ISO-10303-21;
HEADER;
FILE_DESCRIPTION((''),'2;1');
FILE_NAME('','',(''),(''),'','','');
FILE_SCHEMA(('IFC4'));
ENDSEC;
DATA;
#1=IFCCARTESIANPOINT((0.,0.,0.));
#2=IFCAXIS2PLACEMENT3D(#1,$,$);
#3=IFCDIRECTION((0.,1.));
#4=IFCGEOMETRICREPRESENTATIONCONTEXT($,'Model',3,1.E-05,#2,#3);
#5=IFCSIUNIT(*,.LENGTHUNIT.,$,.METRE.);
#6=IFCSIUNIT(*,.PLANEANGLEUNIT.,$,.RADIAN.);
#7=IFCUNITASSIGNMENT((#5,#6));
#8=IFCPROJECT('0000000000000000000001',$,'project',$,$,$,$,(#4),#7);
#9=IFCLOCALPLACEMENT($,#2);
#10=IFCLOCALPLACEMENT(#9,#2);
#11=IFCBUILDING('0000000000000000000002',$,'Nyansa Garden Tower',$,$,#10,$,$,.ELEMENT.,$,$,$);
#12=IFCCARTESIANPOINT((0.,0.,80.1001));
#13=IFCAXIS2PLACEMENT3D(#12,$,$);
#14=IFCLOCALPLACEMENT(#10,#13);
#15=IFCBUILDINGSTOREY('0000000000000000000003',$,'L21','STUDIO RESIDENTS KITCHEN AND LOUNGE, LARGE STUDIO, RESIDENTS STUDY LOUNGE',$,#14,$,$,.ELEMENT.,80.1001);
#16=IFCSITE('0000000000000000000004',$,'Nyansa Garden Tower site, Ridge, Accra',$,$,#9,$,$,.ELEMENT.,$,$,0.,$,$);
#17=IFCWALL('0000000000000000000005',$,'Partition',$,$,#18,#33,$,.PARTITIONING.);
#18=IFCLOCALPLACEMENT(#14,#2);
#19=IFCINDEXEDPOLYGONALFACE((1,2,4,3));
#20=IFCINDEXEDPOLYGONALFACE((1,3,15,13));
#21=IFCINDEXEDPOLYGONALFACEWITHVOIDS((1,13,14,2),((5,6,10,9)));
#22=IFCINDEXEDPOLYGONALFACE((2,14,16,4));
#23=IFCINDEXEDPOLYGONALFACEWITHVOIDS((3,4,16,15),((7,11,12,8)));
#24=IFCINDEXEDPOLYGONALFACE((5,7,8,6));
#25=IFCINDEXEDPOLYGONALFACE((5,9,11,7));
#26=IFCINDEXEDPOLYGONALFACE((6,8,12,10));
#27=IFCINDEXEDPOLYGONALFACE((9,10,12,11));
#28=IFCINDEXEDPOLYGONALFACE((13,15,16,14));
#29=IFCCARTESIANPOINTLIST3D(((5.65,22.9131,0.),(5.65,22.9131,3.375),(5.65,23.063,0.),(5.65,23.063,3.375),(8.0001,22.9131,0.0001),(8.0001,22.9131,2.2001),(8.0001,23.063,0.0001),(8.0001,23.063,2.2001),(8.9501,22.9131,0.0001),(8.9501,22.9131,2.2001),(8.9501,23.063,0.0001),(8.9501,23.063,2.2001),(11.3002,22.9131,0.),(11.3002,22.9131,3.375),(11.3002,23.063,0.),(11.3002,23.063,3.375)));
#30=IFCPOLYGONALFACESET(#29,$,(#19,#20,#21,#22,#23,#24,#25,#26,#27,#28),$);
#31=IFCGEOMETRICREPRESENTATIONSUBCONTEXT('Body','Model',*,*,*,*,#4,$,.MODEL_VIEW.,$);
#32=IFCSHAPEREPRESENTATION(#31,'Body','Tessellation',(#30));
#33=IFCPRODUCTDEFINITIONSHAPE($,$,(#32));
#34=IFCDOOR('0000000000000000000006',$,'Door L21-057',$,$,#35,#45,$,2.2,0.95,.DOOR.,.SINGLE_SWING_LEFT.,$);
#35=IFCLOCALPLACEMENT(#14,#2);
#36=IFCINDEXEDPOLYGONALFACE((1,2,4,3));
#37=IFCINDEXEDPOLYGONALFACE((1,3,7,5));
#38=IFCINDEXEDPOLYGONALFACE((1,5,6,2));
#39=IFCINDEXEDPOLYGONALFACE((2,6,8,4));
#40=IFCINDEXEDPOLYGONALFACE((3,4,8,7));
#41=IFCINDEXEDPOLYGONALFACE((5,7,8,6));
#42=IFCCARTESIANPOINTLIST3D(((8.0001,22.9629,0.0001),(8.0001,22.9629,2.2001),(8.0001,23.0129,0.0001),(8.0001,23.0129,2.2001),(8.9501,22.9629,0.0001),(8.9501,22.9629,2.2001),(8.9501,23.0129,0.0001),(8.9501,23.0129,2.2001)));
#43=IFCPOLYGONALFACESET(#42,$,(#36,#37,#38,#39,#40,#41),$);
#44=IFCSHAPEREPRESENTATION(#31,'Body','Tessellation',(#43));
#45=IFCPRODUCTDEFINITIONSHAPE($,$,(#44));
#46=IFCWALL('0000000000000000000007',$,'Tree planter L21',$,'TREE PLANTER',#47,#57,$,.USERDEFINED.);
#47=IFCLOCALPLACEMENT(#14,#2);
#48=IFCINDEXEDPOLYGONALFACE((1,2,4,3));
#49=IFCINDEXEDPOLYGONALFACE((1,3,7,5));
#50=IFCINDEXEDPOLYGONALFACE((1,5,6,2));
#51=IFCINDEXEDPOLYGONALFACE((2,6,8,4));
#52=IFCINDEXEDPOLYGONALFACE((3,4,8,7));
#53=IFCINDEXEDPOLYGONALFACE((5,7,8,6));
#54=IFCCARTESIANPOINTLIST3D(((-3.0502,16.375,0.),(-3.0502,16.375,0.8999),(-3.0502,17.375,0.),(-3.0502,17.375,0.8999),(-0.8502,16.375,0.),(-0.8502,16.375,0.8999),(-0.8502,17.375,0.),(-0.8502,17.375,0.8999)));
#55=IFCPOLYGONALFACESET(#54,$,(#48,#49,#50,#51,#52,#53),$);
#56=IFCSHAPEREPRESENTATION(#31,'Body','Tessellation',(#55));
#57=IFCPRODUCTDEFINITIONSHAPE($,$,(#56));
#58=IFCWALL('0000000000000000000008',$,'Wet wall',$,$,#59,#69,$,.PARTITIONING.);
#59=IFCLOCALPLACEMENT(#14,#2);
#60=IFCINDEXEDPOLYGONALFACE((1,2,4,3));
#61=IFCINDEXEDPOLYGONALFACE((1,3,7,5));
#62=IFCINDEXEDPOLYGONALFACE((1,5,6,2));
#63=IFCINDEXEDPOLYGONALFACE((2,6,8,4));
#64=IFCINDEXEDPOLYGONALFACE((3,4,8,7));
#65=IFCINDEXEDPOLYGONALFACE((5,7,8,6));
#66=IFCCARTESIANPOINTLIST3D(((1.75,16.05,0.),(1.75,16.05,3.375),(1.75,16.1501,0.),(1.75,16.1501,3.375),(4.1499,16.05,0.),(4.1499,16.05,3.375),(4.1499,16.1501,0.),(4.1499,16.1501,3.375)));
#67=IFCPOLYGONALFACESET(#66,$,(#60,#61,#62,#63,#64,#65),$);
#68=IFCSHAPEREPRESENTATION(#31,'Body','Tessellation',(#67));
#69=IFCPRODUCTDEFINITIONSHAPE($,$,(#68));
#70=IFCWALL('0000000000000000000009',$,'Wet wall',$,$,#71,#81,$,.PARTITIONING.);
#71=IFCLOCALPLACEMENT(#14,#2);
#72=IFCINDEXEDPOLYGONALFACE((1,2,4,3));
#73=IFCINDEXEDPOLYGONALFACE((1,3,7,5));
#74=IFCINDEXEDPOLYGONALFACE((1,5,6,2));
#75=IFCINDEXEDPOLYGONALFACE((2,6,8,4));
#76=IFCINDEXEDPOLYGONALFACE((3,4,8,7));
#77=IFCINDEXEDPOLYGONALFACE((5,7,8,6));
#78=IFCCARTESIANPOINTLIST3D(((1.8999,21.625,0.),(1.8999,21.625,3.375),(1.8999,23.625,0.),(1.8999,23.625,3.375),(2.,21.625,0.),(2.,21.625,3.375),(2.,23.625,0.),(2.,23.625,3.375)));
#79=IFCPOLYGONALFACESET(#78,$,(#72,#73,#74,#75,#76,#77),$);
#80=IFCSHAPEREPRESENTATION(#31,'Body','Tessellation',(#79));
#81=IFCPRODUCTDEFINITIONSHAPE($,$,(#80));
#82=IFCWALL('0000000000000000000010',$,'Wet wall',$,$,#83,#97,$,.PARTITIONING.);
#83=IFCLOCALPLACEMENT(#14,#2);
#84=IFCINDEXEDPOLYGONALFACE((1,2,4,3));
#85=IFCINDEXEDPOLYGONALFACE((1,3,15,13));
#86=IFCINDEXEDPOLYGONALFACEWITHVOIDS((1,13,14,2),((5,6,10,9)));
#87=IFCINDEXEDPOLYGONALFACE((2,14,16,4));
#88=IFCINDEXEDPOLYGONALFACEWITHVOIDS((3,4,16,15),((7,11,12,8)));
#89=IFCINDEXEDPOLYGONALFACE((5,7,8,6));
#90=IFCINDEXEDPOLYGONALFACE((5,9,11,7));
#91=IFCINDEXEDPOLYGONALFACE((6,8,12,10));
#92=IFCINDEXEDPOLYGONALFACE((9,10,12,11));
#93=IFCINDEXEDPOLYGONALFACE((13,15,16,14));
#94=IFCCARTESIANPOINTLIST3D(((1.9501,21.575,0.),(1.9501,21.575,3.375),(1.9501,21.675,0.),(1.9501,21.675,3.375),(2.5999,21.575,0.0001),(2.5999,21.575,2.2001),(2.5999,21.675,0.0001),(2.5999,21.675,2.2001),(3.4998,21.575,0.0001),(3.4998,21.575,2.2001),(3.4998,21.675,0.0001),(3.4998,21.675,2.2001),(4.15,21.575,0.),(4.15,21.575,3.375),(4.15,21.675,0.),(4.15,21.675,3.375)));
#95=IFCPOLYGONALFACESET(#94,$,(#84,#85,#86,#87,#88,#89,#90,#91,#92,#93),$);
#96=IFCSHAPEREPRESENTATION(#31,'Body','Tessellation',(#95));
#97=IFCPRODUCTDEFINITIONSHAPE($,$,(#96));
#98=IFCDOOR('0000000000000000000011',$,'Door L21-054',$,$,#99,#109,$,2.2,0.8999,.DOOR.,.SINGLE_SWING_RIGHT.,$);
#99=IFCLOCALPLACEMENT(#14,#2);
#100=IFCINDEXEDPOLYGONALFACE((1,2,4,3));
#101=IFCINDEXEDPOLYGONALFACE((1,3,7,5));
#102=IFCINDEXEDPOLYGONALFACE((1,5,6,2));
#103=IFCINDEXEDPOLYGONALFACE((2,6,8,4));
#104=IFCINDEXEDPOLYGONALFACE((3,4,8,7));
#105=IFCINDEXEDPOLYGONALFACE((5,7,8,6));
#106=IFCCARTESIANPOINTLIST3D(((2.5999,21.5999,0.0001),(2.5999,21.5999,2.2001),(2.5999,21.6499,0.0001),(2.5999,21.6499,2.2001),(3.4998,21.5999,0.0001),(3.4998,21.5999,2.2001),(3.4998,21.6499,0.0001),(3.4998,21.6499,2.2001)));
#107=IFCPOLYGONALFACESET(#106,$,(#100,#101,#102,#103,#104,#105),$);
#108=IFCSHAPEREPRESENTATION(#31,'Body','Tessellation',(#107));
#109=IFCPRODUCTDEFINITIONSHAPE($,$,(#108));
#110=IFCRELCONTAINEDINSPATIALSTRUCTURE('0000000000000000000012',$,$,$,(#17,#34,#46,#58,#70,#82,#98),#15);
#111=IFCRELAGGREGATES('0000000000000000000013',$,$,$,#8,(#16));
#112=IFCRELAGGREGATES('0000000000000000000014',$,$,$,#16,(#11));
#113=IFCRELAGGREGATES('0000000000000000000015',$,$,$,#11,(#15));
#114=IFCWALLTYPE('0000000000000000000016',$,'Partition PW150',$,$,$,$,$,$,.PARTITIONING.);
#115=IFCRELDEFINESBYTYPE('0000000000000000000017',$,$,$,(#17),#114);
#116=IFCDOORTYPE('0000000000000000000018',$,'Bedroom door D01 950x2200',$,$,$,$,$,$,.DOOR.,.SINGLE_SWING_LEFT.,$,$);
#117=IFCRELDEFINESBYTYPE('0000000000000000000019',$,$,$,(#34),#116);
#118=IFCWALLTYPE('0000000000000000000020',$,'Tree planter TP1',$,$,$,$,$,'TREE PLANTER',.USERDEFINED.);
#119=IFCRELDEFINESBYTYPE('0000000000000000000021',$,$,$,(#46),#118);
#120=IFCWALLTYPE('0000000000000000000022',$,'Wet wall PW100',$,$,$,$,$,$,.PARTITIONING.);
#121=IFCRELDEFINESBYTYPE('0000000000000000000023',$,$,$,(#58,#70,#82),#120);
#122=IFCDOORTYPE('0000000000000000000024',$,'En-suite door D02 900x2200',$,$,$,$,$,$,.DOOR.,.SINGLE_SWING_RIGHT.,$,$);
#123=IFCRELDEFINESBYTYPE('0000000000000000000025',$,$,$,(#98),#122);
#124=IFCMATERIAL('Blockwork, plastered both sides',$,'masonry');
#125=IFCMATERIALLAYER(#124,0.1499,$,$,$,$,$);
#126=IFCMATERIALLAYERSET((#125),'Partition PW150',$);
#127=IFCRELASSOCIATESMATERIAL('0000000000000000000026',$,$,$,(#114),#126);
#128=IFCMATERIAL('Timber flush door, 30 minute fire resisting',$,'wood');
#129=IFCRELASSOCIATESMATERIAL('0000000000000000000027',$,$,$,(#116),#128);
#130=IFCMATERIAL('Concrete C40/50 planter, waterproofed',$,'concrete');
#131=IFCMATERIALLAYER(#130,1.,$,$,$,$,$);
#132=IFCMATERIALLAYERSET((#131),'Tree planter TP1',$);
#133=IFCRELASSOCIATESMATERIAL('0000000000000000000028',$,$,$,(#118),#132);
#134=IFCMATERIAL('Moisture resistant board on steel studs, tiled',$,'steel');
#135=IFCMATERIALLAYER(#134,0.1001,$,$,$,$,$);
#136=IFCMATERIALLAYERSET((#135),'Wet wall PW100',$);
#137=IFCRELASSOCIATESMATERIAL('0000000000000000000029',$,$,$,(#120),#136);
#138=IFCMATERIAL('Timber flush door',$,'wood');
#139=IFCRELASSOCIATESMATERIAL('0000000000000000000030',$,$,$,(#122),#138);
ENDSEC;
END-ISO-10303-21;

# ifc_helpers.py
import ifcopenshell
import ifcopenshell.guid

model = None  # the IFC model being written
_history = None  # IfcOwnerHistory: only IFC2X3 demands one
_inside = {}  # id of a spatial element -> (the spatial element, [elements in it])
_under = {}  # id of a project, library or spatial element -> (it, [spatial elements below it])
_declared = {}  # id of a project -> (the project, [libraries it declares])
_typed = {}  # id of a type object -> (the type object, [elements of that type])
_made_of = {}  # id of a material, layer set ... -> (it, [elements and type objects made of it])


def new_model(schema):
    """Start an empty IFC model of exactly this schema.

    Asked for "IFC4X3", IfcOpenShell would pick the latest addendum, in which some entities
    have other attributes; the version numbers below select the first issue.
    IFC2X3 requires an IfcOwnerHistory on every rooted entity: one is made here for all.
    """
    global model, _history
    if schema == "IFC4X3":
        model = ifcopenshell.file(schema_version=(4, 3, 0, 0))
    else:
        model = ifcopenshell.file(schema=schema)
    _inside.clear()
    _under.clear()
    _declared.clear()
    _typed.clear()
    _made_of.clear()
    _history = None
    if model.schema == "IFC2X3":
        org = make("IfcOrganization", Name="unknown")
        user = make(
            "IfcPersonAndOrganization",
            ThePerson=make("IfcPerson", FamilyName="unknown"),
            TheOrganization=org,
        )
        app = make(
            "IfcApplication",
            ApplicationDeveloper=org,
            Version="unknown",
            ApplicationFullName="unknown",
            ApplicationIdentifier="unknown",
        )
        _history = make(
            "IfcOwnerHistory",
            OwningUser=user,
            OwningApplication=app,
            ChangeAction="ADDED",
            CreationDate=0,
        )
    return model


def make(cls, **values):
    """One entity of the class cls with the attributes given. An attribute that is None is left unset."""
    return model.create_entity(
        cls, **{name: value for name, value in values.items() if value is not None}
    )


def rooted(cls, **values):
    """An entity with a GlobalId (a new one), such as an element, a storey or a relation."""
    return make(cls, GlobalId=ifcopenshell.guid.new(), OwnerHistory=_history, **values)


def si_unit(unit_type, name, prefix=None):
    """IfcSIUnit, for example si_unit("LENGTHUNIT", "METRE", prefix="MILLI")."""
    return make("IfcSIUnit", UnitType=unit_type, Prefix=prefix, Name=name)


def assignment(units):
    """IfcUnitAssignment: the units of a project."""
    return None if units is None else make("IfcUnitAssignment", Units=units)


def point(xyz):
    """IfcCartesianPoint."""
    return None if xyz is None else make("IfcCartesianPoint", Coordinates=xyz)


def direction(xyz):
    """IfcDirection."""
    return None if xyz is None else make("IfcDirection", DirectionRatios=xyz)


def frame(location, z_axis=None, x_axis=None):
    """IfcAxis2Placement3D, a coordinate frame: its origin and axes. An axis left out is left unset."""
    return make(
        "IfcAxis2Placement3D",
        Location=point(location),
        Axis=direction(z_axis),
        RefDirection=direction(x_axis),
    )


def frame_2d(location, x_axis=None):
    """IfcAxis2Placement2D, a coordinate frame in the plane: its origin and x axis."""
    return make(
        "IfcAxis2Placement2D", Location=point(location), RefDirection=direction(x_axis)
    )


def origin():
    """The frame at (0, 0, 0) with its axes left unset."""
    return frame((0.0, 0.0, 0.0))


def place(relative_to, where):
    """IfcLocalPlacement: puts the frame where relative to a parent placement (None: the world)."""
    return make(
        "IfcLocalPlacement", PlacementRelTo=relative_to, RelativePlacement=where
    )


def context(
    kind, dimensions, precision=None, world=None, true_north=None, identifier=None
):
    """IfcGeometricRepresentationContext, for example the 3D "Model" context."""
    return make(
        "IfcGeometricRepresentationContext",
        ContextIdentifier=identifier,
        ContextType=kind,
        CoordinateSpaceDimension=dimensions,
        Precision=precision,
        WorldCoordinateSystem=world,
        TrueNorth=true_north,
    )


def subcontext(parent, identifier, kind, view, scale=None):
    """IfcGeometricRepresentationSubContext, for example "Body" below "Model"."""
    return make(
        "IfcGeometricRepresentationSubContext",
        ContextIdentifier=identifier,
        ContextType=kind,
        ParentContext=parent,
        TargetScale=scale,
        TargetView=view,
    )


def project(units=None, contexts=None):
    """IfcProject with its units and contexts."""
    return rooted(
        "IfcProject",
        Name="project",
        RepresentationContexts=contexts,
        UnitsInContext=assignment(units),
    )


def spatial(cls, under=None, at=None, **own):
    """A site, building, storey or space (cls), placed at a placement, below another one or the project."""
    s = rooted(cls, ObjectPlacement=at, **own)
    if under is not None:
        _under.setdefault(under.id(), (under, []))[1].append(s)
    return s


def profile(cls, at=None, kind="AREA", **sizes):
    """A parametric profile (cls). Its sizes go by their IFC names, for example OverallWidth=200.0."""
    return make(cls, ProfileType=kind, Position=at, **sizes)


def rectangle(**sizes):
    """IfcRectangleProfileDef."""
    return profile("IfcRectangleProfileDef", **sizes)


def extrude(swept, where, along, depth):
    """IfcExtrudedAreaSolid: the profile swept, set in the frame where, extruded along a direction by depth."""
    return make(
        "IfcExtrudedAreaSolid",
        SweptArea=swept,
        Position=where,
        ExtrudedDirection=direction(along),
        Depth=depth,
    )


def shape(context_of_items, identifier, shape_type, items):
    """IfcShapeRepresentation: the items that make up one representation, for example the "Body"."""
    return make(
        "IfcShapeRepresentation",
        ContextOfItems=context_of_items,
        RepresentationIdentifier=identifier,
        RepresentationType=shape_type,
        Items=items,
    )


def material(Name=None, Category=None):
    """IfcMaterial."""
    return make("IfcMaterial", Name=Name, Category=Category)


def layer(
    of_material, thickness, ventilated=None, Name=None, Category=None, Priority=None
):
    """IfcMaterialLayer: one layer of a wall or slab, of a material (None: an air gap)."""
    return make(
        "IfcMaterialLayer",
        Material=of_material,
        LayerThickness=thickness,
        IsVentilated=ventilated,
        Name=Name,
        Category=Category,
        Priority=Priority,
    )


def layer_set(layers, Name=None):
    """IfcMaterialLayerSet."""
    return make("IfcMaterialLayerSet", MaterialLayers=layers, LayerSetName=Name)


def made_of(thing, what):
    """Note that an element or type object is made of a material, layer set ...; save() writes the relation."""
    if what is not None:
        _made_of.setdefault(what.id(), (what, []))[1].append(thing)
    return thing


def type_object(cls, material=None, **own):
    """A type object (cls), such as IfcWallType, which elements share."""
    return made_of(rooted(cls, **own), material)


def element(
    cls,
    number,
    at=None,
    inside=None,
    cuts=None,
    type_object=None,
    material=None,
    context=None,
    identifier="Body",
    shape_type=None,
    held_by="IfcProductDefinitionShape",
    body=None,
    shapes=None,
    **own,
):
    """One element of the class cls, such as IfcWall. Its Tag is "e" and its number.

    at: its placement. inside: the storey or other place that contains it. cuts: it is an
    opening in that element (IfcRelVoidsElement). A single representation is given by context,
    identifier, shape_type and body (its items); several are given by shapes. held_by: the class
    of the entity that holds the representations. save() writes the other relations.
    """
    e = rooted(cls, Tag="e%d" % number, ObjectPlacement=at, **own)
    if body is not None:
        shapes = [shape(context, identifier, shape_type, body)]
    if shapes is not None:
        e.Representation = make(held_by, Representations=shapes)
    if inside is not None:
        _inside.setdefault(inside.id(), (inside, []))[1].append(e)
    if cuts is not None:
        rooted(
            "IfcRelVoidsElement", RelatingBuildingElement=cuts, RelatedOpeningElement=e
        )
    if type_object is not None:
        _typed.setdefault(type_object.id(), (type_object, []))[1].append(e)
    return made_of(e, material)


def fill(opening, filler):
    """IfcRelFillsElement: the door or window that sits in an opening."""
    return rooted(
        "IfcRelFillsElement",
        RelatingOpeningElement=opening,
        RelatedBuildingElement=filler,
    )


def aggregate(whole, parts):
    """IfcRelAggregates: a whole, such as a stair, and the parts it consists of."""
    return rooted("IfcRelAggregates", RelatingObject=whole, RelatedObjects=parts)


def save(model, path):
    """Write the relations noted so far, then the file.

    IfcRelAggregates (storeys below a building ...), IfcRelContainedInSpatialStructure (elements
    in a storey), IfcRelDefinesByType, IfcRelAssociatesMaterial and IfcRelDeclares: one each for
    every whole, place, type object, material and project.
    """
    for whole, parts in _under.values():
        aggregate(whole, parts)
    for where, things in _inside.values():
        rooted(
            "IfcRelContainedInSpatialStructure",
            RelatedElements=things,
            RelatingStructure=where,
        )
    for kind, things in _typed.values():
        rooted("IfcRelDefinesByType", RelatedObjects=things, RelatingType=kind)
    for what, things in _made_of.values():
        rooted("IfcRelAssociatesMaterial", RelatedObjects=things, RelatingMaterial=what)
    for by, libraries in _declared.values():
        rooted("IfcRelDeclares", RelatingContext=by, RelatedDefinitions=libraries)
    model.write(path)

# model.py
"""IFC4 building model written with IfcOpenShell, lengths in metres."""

from ifc_helpers import new_model, si_unit, direction, frame, frame_2d, origin, place, context, subcontext, project, spatial, rectangle, extrude, material, layer, layer_set, type_object, element, fill, save


model = new_model("IFC4")

# Units and contexts
model_context = context("Model", 3, precision=1e-05, world=origin(), true_north=direction((0.0, 1.0)))
body_context = subcontext(model_context, "Body", "Model", "MODEL_VIEW")
ifc_project = project(units=[si_unit("LENGTHUNIT", "METRE"), si_unit("PLANEANGLEUNIT", "RADIAN")], contexts=[model_context])

# Site, building, storey
site_placement = place(None, origin())
site = spatial("IfcSite", under=ifc_project, at=site_placement, Name="Nyansa Garden Tower site, Ridge, Accra", CompositionType="ELEMENT", RefElevation=0.0)
building_placement = place(site_placement, origin())
building = spatial("IfcBuilding", under=site, at=building_placement, Name="Nyansa Garden Tower", CompositionType="ELEMENT")
storey_placement = place(building_placement, frame((0.0, 0.0, 80.1001)))
storey = spatial("IfcBuildingStorey", under=building, at=storey_placement, Name="L21", Description="STUDIO RESIDENTS KITCHEN AND LOUNGE, LARGE STUDIO, RESIDENTS STUDY LOUNGE", CompositionType="ELEMENT", Elevation=80.1001)

# Shared definitions
ifc_material_1 = material(Name="Blockwork, plastered both sides", Category="masonry")
ifc_layer_1 = layer(ifc_material_1, 0.1499)
ifc_layer_set_1 = layer_set([ifc_layer_1], Name="Partition PW150")
wall_type_1 = type_object("IfcWallType", Name="Partition PW150", PredefinedType="PARTITIONING", material=ifc_layer_set_1)

# Wall, opening, door
wall_1_placement = place(storey_placement, frame((5.6499, 22.988, 0.0), z_axis=(0.0, 0.0, 1.0), x_axis=(1.0, 0.0, 0.0)))
wall_1 = element("IfcWall", 1, at=wall_1_placement, inside=storey, type_object=wall_type_1, Name="Partition", PredefinedType="PARTITIONING", context=body_context, shape_type="SweptSolid", body=[
    extrude(rectangle(XDim=5.6501, YDim=0.1499, at=frame_2d((2.8252, 0.0))), origin(), (0.0, 0.0, 1.0), 3.375),
])
opening_1_placement = place(wall_1_placement, frame((2.3501, 0.0, 0.0)))
opening_1 = element("IfcOpeningElement", 2, at=opening_1_placement, cuts=wall_1, PredefinedType="OPENING", context=body_context, shape_type="SweptSolid", body=[
    extrude(rectangle(XDim=0.95, YDim=2.2, at=frame_2d((0.4751, 1.1001))), frame((0.0, 0.085, 0.0), z_axis=(0.0, -1.0, 0.0), x_axis=(1.0, 0.0, 0.0)), (0.0, 0.0, 1.0), 0.1699),
])
ifc_material_2 = material(Name="Timber flush door, 30 minute fire resisting", Category="wood")
door_type_1 = type_object("IfcDoorType", Name="Bedroom door D01 950x2200", OperationType="SINGLE_SWING_LEFT", PredefinedType="DOOR", material=ifc_material_2)
door_1_placement = place(opening_1_placement, origin())
door_1 = element("IfcDoor", 3, at=door_1_placement, inside=storey, type_object=door_type_1, Name="Door L21-057", OperationType="SINGLE_SWING_LEFT", OverallHeight=2.2, OverallWidth=0.95, PredefinedType="DOOR", context=body_context, shape_type="SweptSolid", body=[
    extrude(rectangle(XDim=0.95, YDim=2.2, at=frame_2d((0.4751, 1.1001))), frame((0.0, 0.0249, 0.0), z_axis=(0.0, -1.0, 0.0), x_axis=(1.0, 0.0, 0.0)), (0.0, 0.0, 1.0), 0.05),
])
fill(opening_1, door_1)

# Walls
ifc_material_3 = material(Name="Concrete C40/50 planter, waterproofed", Category="concrete")
ifc_layer_2 = layer(ifc_material_3, 1.0)
ifc_layer_set_2 = layer_set([ifc_layer_2], Name="Tree planter TP1")
wall_type_2 = type_object("IfcWallType", Name="Tree planter TP1", ElementType="TREE PLANTER", PredefinedType="USERDEFINED", material=ifc_layer_set_2)
wall_2_placement = place(storey_placement, frame((-0.8501, 16.875, 0.0), z_axis=(0.0, 0.0, 1.0), x_axis=(-1.0, 0.0, 0.0)))
element("IfcWall", 4, at=wall_2_placement, inside=storey, type_object=wall_type_2, Name="Tree planter L21", ObjectType="TREE PLANTER", PredefinedType="USERDEFINED", context=body_context, shape_type="SweptSolid", body=[
    extrude(rectangle(XDim=2.2, YDim=1.0, at=frame_2d((1.1001, 0.0))), origin(), (0.0, 0.0, 1.0), 0.8999),
])
ifc_material_4 = material(Name="Moisture resistant board on steel studs, tiled", Category="steel")
ifc_layer_3 = layer(ifc_material_4, 0.1001)
ifc_layer_set_3 = layer_set([ifc_layer_3], Name="Wet wall PW100")
wall_type_3 = type_object("IfcWallType", Name="Wet wall PW100", PredefinedType="PARTITIONING", material=ifc_layer_set_3)
wall_3_placement = place(storey_placement, frame((1.75, 16.1001, 0.0), z_axis=(0.0, 0.0, 1.0), x_axis=(1.0, 0.0, 0.0)))
element("IfcWall", 5, at=wall_3_placement, inside=storey, type_object=wall_type_3, Name="Wet wall", PredefinedType="PARTITIONING", context=body_context, shape_type="SweptSolid", body=[
    extrude(rectangle(XDim=2.3999, YDim=0.1001, at=frame_2d((1.2, 0.0))), origin(), (0.0, 0.0, 1.0), 3.375),
])
wall_4_placement = place(storey_placement, frame((1.95, 21.625, 0.0), z_axis=(0.0, 0.0, 1.0), x_axis=(0.0, 1.0, 0.0)))
element("IfcWall", 6, at=wall_4_placement, inside=storey, type_object=wall_type_3, Name="Wet wall", PredefinedType="PARTITIONING", context=body_context, shape_type="SweptSolid", body=[
    extrude(rectangle(XDim=2.0, YDim=0.1001, at=frame_2d((1.0, 0.0))), origin(), (0.0, 0.0, 1.0), 3.375),
])

# Wall, opening, door
wall_5_placement = place(storey_placement, frame((1.95, 21.625, 0.0), z_axis=(0.0, 0.0, 1.0), x_axis=(1.0, 0.0, 0.0)))
wall_5 = element("IfcWall", 7, at=wall_5_placement, inside=storey, type_object=wall_type_3, Name="Wet wall", PredefinedType="PARTITIONING", context=body_context, shape_type="SweptSolid", body=[
    extrude(rectangle(XDim=2.2, YDim=0.1001, at=frame_2d((1.1001, 0.0))), origin(), (0.0, 0.0, 1.0), 3.375),
])
opening_2_placement = place(wall_5_placement, frame((0.6499, 0.0, 0.0)))
opening_2 = element("IfcOpeningElement", 8, at=opening_2_placement, cuts=wall_5, PredefinedType="OPENING", context=body_context, shape_type="SweptSolid", body=[
    extrude(rectangle(XDim=0.8999, YDim=2.2, at=frame_2d((0.45, 1.1001))), frame((0.0, 0.0601, 0.0), z_axis=(0.0, -1.0, 0.0), x_axis=(1.0, 0.0, 0.0)), (0.0, 0.0, 1.0), 0.1201),
])
ifc_material_5 = material(Name="Timber flush door", Category="wood")
door_type_2 = type_object("IfcDoorType", Name="En-suite door D02 900x2200", OperationType="SINGLE_SWING_RIGHT", PredefinedType="DOOR", material=ifc_material_5)
door_2_placement = place(opening_2_placement, origin())
door_2 = element("IfcDoor", 9, at=door_2_placement, inside=storey, type_object=door_type_2, Name="Door L21-054", OperationType="SINGLE_SWING_RIGHT", OverallHeight=2.2, OverallWidth=0.8999, PredefinedType="DOOR", context=body_context, shape_type="SweptSolid", body=[
    extrude(rectangle(XDim=0.8999, YDim=2.2, at=frame_2d((0.45, 1.1001))), frame((0.0, 0.0249, 0.0), z_axis=(0.0, -1.0, 0.0), x_axis=(1.0, 0.0, 0.0)), (0.0, 0.0, 1.0), 0.05),
])
fill(opening_2, door_2)

save(model, "model.ifc")
